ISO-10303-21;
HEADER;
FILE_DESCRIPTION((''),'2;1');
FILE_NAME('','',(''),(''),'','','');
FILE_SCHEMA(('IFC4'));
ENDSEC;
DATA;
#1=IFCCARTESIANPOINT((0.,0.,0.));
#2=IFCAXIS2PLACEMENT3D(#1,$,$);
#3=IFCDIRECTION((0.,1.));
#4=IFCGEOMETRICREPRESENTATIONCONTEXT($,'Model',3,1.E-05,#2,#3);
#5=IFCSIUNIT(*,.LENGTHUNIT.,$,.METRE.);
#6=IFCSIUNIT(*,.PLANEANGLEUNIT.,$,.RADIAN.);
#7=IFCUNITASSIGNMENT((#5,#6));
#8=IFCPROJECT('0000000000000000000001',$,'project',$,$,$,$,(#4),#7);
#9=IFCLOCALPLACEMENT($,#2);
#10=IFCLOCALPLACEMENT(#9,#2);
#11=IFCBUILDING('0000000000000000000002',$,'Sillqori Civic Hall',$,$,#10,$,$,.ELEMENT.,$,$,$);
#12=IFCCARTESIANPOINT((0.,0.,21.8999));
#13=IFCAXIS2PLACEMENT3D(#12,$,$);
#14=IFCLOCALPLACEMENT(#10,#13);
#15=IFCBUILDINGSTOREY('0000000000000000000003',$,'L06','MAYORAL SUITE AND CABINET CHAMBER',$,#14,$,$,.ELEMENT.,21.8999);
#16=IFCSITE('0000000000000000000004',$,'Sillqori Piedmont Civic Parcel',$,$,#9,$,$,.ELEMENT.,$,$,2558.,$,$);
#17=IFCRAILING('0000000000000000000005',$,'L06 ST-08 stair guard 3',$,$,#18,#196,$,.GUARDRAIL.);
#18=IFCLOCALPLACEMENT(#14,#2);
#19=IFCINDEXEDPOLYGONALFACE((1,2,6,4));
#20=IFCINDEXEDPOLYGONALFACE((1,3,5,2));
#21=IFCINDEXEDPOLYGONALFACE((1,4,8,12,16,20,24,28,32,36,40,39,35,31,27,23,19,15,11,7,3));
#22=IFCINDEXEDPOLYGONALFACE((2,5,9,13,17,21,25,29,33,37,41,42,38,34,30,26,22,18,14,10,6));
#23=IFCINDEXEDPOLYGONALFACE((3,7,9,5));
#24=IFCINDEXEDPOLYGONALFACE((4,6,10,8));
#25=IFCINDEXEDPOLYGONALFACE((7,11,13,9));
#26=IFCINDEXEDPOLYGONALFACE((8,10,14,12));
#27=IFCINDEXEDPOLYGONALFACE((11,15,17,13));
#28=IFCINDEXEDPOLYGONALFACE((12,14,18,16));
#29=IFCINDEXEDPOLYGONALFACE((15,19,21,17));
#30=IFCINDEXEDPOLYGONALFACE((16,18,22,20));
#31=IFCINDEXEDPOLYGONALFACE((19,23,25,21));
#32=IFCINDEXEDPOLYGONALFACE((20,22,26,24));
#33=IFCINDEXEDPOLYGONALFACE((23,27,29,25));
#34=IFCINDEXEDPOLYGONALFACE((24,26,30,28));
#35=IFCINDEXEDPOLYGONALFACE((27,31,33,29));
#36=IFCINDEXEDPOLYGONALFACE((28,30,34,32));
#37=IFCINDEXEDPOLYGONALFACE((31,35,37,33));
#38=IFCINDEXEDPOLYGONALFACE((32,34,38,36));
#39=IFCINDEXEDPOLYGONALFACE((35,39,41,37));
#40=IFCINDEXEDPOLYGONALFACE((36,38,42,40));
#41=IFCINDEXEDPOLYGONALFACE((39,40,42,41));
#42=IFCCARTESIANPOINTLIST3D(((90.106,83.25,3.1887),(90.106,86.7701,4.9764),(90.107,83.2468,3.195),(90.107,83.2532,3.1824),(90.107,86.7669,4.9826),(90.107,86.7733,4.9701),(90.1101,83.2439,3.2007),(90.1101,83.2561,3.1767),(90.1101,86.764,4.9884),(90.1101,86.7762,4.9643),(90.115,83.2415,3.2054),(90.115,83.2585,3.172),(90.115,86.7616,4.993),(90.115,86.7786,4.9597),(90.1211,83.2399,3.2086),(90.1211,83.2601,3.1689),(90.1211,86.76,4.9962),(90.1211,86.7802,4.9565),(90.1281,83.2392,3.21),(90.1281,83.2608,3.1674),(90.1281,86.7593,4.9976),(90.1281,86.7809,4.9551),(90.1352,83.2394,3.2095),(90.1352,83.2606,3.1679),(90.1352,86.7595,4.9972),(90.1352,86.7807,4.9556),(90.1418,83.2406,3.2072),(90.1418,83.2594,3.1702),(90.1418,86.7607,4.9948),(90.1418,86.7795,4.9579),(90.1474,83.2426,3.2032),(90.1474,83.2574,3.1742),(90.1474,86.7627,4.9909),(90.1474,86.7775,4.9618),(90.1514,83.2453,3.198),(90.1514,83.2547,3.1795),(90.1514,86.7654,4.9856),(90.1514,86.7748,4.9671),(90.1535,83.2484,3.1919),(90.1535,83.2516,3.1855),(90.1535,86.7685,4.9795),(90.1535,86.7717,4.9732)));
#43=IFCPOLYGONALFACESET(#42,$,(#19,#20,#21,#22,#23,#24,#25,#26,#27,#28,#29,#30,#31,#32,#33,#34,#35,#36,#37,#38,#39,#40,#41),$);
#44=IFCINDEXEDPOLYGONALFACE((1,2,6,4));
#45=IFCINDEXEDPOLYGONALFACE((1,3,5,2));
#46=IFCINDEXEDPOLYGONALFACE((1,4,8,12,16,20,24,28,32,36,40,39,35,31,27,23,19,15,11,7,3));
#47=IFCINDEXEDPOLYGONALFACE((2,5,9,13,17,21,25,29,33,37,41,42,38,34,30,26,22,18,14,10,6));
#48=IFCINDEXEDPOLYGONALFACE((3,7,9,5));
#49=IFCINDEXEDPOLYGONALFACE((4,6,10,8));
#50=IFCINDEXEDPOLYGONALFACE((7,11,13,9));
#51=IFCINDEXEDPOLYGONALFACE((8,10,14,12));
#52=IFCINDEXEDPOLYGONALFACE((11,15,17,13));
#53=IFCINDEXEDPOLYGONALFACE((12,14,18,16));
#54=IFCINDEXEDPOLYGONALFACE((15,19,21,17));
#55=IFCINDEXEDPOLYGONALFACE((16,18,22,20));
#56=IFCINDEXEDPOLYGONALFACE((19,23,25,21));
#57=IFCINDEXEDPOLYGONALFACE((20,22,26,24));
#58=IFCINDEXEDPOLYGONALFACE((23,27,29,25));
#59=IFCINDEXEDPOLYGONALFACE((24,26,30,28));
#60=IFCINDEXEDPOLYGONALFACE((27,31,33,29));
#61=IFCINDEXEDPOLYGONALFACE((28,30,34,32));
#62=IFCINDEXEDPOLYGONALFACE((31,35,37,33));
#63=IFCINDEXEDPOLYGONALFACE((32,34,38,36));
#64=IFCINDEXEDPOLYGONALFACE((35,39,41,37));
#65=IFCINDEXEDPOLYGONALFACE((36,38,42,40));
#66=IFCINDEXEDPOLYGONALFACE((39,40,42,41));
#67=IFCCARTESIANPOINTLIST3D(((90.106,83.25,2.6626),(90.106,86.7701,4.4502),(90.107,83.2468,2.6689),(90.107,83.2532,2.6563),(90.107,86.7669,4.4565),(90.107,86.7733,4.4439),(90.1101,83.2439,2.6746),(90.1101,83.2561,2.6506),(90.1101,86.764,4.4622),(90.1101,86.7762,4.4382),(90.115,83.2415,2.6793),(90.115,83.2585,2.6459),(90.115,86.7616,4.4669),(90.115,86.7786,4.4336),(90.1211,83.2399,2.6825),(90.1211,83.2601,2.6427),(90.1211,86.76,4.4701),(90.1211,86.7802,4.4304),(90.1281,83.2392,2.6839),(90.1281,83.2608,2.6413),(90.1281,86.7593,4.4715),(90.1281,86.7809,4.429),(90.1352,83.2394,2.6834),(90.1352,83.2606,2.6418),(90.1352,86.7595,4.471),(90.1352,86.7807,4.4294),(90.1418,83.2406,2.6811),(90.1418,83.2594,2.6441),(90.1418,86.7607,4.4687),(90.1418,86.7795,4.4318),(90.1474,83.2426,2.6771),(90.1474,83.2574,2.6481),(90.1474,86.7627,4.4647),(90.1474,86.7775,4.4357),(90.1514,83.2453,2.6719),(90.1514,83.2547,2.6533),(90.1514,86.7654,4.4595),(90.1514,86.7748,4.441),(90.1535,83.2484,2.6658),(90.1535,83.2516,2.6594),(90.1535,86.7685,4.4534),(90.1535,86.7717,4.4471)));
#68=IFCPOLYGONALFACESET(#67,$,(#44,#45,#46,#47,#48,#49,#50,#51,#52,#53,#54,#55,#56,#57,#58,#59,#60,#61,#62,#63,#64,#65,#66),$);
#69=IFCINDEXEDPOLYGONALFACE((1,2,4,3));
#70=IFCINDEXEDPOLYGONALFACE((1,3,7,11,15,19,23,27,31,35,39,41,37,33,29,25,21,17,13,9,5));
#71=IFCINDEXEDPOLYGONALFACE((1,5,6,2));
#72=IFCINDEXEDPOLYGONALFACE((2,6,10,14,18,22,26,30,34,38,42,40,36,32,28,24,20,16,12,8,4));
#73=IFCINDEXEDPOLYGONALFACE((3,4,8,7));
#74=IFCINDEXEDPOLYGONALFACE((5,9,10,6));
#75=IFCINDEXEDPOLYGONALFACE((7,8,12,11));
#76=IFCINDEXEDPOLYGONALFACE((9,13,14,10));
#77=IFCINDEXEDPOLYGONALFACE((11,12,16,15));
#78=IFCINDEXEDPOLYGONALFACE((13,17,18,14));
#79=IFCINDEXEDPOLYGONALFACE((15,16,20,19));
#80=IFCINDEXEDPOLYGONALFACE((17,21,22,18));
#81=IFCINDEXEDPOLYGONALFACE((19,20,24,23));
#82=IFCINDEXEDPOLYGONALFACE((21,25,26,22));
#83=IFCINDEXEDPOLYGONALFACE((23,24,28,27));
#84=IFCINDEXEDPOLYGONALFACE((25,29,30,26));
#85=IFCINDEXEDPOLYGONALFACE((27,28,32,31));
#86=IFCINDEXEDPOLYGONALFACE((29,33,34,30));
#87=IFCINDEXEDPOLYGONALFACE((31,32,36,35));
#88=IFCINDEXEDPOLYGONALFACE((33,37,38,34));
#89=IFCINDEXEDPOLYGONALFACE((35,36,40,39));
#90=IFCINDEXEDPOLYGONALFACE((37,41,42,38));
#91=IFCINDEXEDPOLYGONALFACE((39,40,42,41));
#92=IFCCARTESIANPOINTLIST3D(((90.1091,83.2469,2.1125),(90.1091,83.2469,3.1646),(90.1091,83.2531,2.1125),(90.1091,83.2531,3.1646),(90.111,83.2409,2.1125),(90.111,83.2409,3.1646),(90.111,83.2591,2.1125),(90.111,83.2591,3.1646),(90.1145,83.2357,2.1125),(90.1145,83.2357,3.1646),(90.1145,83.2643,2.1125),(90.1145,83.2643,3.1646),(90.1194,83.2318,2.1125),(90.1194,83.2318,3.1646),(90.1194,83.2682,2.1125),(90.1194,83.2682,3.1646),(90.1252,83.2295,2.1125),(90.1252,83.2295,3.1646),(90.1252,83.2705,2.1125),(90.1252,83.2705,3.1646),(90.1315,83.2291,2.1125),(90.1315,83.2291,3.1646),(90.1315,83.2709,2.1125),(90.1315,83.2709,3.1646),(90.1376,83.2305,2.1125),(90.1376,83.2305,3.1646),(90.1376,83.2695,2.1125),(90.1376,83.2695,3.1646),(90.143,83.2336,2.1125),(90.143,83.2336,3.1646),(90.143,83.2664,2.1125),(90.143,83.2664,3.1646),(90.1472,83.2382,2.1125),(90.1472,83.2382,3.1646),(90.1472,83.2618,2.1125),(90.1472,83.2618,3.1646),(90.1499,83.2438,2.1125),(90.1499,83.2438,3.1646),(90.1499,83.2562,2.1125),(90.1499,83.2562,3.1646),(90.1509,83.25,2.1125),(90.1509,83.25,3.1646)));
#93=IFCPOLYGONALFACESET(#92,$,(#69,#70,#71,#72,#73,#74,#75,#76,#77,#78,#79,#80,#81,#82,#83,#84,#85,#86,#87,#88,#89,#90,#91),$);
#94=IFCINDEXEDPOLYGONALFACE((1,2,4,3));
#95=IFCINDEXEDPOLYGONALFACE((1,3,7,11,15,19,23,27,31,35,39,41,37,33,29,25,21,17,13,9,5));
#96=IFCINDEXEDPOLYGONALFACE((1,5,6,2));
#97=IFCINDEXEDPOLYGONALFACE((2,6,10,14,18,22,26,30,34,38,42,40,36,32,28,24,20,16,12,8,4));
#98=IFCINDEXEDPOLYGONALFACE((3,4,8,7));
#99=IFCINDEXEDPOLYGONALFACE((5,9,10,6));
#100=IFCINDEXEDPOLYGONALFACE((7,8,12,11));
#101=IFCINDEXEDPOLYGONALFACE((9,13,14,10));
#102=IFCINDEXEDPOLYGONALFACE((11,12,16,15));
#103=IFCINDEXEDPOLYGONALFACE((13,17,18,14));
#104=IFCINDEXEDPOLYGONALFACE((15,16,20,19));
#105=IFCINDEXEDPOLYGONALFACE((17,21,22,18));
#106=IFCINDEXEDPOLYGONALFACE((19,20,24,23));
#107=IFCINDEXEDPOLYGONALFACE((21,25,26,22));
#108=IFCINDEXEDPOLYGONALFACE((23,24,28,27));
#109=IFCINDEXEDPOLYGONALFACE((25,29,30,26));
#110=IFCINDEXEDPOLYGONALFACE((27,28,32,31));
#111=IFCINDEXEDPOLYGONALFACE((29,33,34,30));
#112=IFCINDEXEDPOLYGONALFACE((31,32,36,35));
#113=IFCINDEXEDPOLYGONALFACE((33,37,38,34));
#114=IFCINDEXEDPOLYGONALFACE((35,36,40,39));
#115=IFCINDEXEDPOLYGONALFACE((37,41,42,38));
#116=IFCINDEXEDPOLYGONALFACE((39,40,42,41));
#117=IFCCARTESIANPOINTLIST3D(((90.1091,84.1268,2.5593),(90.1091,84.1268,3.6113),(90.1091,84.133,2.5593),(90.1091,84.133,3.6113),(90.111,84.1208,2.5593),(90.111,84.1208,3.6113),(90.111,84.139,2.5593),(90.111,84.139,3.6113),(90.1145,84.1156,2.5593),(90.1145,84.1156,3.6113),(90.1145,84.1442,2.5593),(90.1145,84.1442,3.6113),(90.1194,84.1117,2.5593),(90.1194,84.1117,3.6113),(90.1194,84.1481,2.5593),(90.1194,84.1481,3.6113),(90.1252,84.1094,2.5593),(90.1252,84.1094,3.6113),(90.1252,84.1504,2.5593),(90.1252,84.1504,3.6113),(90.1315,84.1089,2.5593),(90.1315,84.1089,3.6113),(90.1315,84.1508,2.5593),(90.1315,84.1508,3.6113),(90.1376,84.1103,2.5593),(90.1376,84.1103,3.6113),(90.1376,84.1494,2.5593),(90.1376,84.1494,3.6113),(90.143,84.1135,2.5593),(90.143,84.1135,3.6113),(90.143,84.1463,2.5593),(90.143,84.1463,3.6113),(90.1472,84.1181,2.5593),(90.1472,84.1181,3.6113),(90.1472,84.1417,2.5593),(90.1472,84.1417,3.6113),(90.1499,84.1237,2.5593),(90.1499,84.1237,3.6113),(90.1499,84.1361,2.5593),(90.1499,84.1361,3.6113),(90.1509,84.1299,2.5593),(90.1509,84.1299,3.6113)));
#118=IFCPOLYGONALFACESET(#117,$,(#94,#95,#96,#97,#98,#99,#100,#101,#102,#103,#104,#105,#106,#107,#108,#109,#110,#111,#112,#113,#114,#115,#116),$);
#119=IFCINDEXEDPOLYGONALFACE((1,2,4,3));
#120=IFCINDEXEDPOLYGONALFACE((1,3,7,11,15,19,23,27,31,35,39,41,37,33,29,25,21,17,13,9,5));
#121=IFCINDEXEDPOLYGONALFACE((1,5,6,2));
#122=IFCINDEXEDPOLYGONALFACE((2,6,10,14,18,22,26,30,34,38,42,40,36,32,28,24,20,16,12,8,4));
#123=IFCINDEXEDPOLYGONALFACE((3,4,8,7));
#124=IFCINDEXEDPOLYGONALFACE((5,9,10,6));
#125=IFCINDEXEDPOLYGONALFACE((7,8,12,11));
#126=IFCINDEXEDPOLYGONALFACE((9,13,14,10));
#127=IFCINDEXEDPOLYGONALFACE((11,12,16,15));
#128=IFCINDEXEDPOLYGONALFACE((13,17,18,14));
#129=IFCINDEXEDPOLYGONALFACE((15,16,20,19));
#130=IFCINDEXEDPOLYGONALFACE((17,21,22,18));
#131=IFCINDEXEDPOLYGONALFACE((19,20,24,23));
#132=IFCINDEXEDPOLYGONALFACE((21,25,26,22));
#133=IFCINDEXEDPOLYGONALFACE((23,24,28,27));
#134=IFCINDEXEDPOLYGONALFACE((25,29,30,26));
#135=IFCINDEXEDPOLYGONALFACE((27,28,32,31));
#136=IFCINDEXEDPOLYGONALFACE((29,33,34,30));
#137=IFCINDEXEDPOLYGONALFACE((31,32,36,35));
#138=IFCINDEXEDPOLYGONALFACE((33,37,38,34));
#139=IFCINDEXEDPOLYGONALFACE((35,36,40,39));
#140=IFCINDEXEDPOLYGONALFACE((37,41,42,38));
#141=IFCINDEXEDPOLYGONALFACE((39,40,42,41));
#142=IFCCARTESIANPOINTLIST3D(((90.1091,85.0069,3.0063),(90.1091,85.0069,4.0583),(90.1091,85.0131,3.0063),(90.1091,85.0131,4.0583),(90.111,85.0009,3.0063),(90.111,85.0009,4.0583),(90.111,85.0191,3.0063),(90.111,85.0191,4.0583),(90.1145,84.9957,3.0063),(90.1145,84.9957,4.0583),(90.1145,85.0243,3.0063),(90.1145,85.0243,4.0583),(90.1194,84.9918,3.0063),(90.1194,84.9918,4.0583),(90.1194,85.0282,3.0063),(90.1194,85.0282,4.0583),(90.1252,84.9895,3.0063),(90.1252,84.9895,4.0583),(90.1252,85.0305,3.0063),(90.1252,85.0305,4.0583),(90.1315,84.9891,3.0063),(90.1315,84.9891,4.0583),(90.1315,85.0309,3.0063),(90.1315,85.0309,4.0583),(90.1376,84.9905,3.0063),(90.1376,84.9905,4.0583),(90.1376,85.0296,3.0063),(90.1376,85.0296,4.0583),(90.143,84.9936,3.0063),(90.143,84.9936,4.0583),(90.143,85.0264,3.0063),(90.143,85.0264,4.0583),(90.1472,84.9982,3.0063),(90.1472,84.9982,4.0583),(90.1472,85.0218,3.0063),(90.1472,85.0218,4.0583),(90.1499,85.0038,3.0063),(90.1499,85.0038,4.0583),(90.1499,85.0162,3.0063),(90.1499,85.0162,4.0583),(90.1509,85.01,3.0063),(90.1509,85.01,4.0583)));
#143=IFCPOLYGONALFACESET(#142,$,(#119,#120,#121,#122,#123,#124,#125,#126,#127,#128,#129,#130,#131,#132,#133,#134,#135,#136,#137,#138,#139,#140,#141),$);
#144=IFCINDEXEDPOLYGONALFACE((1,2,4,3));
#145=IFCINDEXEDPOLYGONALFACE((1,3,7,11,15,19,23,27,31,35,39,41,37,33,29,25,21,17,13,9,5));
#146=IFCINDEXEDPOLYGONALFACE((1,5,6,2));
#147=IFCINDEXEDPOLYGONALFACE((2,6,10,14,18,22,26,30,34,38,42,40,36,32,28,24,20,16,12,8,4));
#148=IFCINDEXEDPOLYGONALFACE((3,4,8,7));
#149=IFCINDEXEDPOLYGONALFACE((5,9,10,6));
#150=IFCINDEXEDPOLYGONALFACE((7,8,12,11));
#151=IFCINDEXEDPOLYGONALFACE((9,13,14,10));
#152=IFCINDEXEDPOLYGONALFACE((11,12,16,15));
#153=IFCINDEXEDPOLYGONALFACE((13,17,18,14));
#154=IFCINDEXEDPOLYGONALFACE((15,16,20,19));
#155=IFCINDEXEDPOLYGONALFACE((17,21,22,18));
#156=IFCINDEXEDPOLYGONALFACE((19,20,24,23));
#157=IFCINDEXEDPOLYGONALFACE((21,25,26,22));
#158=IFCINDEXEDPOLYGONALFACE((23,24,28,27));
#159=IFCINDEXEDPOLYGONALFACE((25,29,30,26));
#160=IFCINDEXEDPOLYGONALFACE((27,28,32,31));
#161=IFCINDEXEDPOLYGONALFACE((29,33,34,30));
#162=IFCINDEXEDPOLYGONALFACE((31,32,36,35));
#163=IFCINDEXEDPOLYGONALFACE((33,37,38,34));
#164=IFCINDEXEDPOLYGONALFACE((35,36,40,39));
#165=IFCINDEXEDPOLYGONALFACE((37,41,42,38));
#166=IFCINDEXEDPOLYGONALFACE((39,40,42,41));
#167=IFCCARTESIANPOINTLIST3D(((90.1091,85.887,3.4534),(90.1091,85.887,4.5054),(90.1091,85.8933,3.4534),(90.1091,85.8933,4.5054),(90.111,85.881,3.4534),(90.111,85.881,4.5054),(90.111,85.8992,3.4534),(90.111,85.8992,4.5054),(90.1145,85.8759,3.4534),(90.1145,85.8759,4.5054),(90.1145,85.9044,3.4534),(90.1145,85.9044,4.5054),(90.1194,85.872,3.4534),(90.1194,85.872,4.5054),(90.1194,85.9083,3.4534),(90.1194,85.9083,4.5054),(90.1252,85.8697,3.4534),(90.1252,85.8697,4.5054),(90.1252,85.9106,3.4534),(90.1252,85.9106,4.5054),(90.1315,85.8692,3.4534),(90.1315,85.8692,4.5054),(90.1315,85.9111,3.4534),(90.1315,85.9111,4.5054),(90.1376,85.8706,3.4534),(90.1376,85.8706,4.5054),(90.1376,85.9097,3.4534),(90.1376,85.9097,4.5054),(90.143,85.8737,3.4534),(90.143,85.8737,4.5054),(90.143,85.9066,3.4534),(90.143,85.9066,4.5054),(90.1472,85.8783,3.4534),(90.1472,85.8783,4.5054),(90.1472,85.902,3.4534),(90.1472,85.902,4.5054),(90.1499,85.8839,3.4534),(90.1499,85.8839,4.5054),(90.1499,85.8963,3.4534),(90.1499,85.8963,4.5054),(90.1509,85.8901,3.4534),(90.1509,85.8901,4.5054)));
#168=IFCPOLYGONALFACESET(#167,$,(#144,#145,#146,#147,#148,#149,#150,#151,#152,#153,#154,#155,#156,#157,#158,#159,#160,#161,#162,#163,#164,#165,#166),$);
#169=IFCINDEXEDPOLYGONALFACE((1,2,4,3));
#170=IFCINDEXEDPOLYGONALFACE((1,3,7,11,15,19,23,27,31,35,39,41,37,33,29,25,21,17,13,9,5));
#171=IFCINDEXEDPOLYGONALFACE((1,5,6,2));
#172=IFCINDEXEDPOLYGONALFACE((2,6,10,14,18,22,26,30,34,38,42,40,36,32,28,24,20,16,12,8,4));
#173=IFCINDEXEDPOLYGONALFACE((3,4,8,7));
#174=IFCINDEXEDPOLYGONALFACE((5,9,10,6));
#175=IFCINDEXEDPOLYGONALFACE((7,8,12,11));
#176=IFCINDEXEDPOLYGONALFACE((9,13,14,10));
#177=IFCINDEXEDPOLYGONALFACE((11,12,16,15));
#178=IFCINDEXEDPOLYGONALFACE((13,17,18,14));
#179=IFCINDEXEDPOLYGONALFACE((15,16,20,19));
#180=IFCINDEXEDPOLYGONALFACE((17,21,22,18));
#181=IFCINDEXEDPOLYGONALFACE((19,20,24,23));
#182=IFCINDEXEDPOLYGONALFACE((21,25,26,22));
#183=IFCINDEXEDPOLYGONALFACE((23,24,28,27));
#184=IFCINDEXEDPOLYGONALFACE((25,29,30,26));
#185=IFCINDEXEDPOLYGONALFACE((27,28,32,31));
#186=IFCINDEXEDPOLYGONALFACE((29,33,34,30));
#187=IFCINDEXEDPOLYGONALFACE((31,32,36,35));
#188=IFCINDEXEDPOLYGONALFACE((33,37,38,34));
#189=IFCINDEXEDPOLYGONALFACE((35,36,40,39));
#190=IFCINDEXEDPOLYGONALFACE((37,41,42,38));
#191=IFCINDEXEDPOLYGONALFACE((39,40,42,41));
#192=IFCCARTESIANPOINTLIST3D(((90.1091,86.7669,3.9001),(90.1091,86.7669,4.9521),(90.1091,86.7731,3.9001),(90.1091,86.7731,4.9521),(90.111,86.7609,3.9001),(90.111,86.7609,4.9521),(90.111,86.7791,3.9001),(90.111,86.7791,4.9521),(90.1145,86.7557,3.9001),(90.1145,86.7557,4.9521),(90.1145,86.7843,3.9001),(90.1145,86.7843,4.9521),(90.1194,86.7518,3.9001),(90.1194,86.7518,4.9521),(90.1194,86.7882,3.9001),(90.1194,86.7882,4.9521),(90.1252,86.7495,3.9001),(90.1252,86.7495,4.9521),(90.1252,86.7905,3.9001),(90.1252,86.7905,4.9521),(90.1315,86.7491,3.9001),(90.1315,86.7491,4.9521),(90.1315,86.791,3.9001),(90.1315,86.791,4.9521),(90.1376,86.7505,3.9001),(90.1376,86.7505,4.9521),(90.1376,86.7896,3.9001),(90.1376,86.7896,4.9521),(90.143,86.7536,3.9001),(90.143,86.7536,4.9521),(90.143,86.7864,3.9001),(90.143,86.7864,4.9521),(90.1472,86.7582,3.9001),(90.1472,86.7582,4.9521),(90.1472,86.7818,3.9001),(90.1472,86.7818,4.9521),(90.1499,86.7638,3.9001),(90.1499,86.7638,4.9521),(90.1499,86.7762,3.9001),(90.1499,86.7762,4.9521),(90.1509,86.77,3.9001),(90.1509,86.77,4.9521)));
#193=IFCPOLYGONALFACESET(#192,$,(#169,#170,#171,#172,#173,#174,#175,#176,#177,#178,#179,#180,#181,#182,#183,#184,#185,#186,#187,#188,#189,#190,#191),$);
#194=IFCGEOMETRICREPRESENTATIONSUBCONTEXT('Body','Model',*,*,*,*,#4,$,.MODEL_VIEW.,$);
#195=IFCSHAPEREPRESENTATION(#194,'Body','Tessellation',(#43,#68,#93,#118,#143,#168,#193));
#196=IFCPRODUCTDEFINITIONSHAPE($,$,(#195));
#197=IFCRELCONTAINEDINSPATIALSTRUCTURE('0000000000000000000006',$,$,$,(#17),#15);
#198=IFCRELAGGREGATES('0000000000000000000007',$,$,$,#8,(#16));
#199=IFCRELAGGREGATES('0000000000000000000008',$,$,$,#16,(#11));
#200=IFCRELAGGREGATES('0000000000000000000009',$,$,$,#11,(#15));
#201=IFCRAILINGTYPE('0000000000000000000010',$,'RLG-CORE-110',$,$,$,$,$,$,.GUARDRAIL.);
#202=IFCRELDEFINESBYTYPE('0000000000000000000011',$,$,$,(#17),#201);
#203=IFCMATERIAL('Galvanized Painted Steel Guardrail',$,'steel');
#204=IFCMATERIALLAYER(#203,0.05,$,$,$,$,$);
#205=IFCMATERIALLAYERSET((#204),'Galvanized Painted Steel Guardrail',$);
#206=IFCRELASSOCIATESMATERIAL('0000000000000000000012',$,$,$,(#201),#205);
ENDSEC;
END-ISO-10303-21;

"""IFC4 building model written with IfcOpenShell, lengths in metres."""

from ifc_helpers import new_model, si_unit, direction, frame, origin, origin_2d, place, context, subcontext, project, spatial, circle, extrude, material, layer, layer_set, type_object, element, save


model = new_model("IFC4")

# Units and contexts
model_context = context("Model", 3, precision=1e-05, world=origin(), true_north=direction((0.0, 1.0)))
body_context = subcontext(model_context, "Body", "Model", "MODEL_VIEW")
ifc_project = project(units=[si_unit("LENGTHUNIT", "METRE"), si_unit("PLANEANGLEUNIT", "RADIAN")], contexts=[model_context])

# Site, building, storey
site_placement = place(None, origin())
site = spatial("IfcSite", under=ifc_project, at=site_placement, Name="Sillqori Piedmont Civic Parcel", CompositionType="ELEMENT", RefElevation=2558.0)
building_placement = place(site_placement, origin())
building = spatial("IfcBuilding", under=site, at=building_placement, Name="Sillqori Civic Hall", CompositionType="ELEMENT")
storey_placement = place(building_placement, frame((0.0, 0.0, 21.8999)))
storey = spatial("IfcBuildingStorey", under=building, at=storey_placement, Name="L06", Description="MAYORAL SUITE AND CABINET CHAMBER", CompositionType="ELEMENT", Elevation=21.8999)

# Railing
ifc_material_1 = material(Name="Galvanized Painted Steel Guardrail", Category="steel")
ifc_layer_1 = layer(ifc_material_1, 0.05)
ifc_layer_set_1 = layer_set([ifc_layer_1], Name="Galvanized Painted Steel Guardrail")
railing_type_1 = type_object("IfcRailingType", Name="RLG-CORE-110", PredefinedType="GUARDRAIL", material=ifc_layer_set_1)
railing_1_placement = place(storey_placement, frame((90.1299, 83.25, 2.1125)))
element("IfcRailing", 1, at=railing_1_placement, inside=storey, type_object=railing_type_1, Name="L06 ST-08 stair guard 3", PredefinedType="GUARDRAIL", context=body_context, shape_type="SweptSolid", body=[
    extrude(circle(Radius=0.0239, at=origin_2d()), frame((0.0, 0.0, 1.0762), z_axis=(0.0, 0.891615, 0.452795), x_axis=(-1.0, 0.0, 0.0)), (0.0, 0.0, 1.0), 3.948),
    extrude(circle(Radius=0.0239, at=origin_2d()), frame((0.0, 0.0, 0.55), z_axis=(0.0, 0.891615, 0.452795), x_axis=(-1.0, 0.0, 0.0)), (0.0, 0.0, 1.0), 3.948),
    extrude(circle(Radius=0.021, at=origin_2d()), origin(), (0.0, 0.0, 1.0), 1.052),
    extrude(circle(Radius=0.021, at=origin_2d()), frame((0.0, 0.8799, 0.4468)), (0.0, 0.0, 1.0), 1.052),
    extrude(circle(Radius=0.021, at=origin_2d()), frame((0.0, 1.76, 0.8938)), (0.0, 0.0, 1.0), 1.052),
    extrude(circle(Radius=0.021, at=origin_2d()), frame((0.0, 2.6401, 1.3408)), (0.0, 0.0, 1.0), 1.052),
    extrude(circle(Radius=0.021, at=origin_2d()), frame((0.0, 3.52, 1.7876)), (0.0, 0.0, 1.0), 1.052),
])

save(model, "model.ifc")
